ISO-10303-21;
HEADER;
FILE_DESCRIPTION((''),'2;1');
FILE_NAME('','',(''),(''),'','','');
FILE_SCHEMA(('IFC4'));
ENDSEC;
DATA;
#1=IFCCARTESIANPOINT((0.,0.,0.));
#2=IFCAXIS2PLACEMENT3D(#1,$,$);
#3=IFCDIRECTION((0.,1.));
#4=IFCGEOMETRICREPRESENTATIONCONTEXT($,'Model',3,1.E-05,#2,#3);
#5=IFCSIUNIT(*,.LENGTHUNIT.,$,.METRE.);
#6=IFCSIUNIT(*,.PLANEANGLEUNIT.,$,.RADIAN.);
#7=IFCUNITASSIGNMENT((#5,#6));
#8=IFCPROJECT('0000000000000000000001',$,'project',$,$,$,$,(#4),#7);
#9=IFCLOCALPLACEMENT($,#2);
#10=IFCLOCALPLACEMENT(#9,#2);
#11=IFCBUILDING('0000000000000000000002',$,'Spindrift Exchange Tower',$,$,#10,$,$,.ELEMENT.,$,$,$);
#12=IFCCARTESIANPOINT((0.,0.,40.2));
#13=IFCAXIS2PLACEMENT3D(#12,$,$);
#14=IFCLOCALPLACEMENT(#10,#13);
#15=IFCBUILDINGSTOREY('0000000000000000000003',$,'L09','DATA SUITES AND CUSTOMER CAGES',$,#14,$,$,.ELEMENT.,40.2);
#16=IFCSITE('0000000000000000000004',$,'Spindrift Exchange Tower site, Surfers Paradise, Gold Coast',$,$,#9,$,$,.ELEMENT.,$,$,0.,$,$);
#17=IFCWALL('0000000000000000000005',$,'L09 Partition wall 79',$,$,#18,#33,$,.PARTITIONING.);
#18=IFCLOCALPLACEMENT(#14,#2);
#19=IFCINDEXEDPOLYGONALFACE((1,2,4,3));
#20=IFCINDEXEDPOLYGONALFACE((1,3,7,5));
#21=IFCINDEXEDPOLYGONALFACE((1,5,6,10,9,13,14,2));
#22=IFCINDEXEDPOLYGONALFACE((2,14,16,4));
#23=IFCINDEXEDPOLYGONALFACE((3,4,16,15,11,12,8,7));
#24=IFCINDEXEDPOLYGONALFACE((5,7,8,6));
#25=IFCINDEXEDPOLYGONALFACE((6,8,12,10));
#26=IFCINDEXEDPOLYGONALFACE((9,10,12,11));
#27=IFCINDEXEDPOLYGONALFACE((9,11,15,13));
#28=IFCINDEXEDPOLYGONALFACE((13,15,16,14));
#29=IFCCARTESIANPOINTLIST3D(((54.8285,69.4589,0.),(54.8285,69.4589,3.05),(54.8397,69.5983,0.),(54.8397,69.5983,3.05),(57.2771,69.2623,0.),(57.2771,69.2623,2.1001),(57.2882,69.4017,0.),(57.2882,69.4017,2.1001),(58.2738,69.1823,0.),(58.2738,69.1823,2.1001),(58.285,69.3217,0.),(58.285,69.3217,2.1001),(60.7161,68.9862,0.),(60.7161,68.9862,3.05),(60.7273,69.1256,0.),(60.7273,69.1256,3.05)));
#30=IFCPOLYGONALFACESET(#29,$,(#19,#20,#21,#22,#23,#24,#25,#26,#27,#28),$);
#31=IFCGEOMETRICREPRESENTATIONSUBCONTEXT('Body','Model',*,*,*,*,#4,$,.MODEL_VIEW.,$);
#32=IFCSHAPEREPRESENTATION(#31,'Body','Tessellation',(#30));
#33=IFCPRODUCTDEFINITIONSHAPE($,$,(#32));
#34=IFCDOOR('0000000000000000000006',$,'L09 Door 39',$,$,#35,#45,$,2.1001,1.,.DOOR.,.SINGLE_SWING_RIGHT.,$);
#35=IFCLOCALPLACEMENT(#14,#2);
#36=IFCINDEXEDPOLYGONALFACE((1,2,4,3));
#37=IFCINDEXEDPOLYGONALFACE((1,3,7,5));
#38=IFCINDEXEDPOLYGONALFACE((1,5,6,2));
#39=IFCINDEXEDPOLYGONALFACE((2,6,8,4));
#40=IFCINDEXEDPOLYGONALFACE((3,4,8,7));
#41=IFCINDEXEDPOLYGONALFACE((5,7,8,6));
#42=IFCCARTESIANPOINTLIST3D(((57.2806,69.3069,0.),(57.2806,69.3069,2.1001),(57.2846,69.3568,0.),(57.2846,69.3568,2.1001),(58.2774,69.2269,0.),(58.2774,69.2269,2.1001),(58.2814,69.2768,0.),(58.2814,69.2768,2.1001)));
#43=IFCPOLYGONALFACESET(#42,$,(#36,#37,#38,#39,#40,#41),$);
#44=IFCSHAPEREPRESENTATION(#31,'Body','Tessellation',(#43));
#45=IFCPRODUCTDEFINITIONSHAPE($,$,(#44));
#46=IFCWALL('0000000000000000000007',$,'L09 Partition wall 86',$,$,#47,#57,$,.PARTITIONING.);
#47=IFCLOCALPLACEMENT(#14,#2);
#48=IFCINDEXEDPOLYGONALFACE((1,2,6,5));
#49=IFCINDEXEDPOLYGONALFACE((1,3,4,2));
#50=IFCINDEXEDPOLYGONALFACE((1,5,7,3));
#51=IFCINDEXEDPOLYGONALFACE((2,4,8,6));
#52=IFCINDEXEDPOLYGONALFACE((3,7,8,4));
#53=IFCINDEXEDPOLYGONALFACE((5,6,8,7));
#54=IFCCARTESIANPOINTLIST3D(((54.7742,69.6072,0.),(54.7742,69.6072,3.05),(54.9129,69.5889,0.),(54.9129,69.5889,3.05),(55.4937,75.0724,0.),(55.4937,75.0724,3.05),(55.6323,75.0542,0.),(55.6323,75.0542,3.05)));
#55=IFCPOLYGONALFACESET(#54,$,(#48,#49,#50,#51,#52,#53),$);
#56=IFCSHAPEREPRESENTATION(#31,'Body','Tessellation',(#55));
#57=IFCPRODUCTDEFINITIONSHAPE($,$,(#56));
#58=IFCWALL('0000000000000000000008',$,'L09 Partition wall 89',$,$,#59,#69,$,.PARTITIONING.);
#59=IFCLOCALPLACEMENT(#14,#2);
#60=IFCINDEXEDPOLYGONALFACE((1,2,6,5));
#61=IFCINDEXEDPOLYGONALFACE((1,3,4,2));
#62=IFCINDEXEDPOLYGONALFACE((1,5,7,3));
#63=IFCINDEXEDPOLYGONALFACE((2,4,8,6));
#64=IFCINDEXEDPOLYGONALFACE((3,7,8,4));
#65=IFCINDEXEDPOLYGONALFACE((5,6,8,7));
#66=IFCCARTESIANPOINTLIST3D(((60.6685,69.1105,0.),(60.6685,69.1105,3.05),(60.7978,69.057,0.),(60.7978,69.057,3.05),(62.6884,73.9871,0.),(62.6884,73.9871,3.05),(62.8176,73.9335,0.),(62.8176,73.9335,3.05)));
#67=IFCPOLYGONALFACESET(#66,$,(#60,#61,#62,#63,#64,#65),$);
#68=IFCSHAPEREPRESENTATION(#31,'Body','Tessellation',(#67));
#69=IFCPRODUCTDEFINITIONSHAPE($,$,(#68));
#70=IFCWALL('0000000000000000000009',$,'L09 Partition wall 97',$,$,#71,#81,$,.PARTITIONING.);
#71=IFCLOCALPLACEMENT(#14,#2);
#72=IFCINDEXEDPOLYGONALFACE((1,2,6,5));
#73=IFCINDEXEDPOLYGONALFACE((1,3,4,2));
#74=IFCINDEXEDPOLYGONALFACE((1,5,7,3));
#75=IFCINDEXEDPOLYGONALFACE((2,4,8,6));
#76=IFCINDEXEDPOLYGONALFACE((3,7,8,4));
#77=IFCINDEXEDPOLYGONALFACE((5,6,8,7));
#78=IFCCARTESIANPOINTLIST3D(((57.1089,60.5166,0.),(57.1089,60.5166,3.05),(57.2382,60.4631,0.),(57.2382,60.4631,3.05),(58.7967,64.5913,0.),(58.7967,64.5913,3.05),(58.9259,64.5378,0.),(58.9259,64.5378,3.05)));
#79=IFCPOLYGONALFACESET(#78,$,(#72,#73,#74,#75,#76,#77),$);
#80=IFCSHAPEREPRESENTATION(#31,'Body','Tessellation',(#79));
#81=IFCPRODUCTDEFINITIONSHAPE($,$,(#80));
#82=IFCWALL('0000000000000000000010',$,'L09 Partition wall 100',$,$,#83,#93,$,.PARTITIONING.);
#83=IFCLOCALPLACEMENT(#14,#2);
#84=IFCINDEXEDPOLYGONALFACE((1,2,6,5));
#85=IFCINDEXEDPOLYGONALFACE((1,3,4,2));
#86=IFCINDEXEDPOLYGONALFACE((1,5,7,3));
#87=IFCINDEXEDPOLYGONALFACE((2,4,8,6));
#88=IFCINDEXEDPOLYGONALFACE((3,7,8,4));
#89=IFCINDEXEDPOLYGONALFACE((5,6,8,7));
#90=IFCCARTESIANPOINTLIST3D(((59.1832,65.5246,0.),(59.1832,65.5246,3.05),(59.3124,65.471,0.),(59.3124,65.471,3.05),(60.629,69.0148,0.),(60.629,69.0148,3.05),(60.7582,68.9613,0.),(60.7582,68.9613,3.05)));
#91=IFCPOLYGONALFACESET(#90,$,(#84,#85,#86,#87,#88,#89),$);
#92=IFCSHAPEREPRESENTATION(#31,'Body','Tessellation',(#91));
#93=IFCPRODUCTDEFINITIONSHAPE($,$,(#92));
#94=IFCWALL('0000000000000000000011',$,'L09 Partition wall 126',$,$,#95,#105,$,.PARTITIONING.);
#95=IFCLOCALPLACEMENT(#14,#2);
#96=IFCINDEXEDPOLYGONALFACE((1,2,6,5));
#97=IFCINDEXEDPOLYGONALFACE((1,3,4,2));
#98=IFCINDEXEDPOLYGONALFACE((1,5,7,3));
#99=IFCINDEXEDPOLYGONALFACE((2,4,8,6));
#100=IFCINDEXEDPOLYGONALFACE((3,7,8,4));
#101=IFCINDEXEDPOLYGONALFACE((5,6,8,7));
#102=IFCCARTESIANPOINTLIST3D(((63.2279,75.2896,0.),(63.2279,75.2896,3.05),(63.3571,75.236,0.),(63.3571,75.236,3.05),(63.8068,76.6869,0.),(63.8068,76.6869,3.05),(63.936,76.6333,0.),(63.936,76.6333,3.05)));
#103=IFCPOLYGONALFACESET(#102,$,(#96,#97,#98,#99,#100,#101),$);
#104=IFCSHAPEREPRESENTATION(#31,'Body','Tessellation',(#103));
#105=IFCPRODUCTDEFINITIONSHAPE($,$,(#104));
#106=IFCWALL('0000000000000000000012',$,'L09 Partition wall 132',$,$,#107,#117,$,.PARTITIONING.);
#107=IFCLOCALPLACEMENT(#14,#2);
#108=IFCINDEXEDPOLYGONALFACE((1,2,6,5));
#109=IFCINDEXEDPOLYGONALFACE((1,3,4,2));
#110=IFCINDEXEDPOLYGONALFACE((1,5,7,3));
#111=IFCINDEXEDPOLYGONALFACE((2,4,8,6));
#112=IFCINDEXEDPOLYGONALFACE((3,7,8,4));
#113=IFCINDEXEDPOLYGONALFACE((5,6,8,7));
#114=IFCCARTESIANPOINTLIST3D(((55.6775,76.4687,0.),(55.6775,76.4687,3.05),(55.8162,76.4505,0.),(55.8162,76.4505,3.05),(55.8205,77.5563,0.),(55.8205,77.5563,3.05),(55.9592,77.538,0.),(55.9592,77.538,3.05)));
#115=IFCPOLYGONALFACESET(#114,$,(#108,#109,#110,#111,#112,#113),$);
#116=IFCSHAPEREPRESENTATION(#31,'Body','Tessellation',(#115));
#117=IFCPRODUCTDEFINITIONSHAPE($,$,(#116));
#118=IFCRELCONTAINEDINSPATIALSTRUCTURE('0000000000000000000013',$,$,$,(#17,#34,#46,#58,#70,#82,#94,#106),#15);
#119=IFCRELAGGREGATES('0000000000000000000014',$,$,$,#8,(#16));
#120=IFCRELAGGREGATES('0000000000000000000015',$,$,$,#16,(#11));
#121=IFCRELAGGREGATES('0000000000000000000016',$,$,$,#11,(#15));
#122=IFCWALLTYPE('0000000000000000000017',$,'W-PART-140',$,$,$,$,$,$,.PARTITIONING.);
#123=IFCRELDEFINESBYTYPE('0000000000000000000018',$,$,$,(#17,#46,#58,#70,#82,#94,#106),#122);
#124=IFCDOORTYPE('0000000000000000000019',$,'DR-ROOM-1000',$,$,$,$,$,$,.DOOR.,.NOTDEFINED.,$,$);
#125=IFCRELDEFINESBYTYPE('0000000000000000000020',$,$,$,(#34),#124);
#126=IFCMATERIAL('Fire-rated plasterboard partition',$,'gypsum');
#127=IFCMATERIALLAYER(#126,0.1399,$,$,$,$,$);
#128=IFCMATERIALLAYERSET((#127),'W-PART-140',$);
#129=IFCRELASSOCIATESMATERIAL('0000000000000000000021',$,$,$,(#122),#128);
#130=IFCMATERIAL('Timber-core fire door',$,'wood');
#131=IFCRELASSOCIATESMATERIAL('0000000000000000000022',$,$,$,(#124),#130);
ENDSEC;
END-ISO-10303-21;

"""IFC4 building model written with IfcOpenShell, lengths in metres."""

from ifc_helpers import new_model, si_unit, direction, frame, frame_2d, origin, place, context, subcontext, project, spatial, rectangle, extrude, source, transform, mapped, material, layer, layer_set, type_object, element, fill, save


model = new_model("IFC4")

# Units and contexts
model_context = context("Model", 3, precision=1e-05, world=origin(), true_north=direction((0.0, 1.0)))
body_context = subcontext(model_context, "Body", "Model", "MODEL_VIEW")
ifc_project = project(units=[si_unit("LENGTHUNIT", "METRE"), si_unit("PLANEANGLEUNIT", "RADIAN")], contexts=[model_context])

# Site, building, storey
site_placement = place(None, origin())
site = spatial("IfcSite", under=ifc_project, at=site_placement, Name="Spindrift Exchange Tower site, Surfers Paradise, Gold Coast", CompositionType="ELEMENT", RefElevation=0.0)
building_placement = place(site_placement, origin())
building = spatial("IfcBuilding", under=site, at=building_placement, Name="Spindrift Exchange Tower", CompositionType="ELEMENT")
storey_placement = place(building_placement, frame((0.0, 0.0, 40.2)))
storey = spatial("IfcBuildingStorey", under=building, at=storey_placement, Name="L09", Description="DATA SUITES AND CUSTOMER CAGES", CompositionType="ELEMENT", Elevation=40.2)

# Wall, opening, door
ifc_material_1 = material(Name="Fire-rated plasterboard partition", Category="gypsum")
ifc_layer_1 = layer(ifc_material_1, 0.1399)
ifc_layer_set_1 = layer_set([ifc_layer_1], Name="W-PART-140")
wall_type = type_object("IfcWallType", Name="W-PART-140", PredefinedType="PARTITIONING", material=ifc_layer_set_1)
wall_1_placement = place(storey_placement, frame((54.8342, 69.5286, 0.0), z_axis=(0.0, 0.0, 1.0), x_axis=(0.996793, -0.080025, 0.0)))
wall_1 = element("IfcWall", 1, at=wall_1_placement, inside=storey, type_object=wall_type, Name="L09 Partition wall 79", PredefinedType="PARTITIONING", context=body_context, shape_type="SweptSolid", body=[
    extrude(rectangle(XDim=5.9065, YDim=0.1399, at=frame_2d((2.9531, 0.0))), origin(), (0.0, 0.0, 1.0), 3.05),
])
opening_placement = place(wall_1_placement, frame((2.4563, 0.0, 0.0)))
opening = element("IfcOpeningElement", 2, at=opening_placement, cuts=wall_1, PredefinedType="OPENING", context=body_context, shape_type="SweptSolid", body=[
    extrude(rectangle(XDim=1.0, YDim=2.1001, at=frame_2d((0.5, 1.05))), frame((0.0, 0.0798, 0.0), z_axis=(0.0, -1.0, 0.0), x_axis=(1.0, 0.0, 0.0)), (0.0, 0.0, 1.0), 0.1599),
])
ifc_material_2 = material(Name="Timber-core fire door", Category="wood")
door_type = type_object("IfcDoorType", Name="DR-ROOM-1000", OperationType="NOTDEFINED", PredefinedType="DOOR", material=ifc_material_2)
shared_shape_1 = source(origin(), body_context, "Body", "SweptSolid", [
    extrude(rectangle(XDim=1.0, YDim=2.1001, at=frame_2d((0.5, 1.05))), frame((0.0, 0.0249, 0.0), z_axis=(0.0, -1.0, 0.0), x_axis=(1.0, 0.0, 0.0)), (0.0, 0.0, 1.0), 0.05),
])
door_placement = place(opening_placement, origin())
door = element("IfcDoor", 3, at=door_placement, inside=storey, type_object=door_type, Name="L09 Door 39", OperationType="SINGLE_SWING_RIGHT", OverallHeight=2.1001, OverallWidth=1.0, PredefinedType="DOOR", context=body_context, shape_type="MappedRepresentation", body=[
    mapped(shared_shape_1, transform((0.0, 0.0, 0.0), scale=1.0)),
])
fill(opening, door)

# Walls
wall_2_placement = place(storey_placement, frame((54.8435, 69.5979, 0.0), z_axis=(0.0, 0.0, 1.0), x_axis=(0.130519, 0.991446, 0.0)))
element("IfcWall", 4, at=wall_2_placement, inside=storey, type_object=wall_type, Name="L09 Partition wall 86", PredefinedType="PARTITIONING", context=body_context, shape_type="SweptSolid", body=[
    extrude(rectangle(XDim=5.5125, YDim=0.1399, at=frame_2d((2.7563, 0.0))), origin(), (0.0, 0.0, 1.0), 3.05),
])
wall_3_placement = place(storey_placement, frame((60.7332, 69.0837, 0.0), z_axis=(0.0, 0.0, 1.0), x_axis=(0.382664, 0.923888, 0.0)))
element("IfcWall", 5, at=wall_3_placement, inside=storey, type_object=wall_type, Name="L09 Partition wall 89", PredefinedType="PARTITIONING", context=body_context, shape_type="SweptSolid", body=[
    extrude(rectangle(XDim=5.2783, YDim=0.1399, at=frame_2d((2.6392, 0.0))), origin(), (0.0, 0.0, 1.0), 3.05),
])
wall_4_placement = place(storey_placement, frame((57.1736, 60.49, 0.0), z_axis=(0.0, 0.0, 1.0), x_axis=(0.382673, 0.923884, 0.0)))
element("IfcWall", 6, at=wall_4_placement, inside=storey, type_object=wall_type, Name="L09 Partition wall 97", PredefinedType="PARTITIONING", context=body_context, shape_type="SweptSolid", body=[
    extrude(rectangle(XDim=4.4104, YDim=0.1399, at=frame_2d((2.2051, 0.0))), origin(), (0.0, 0.0, 1.0), 3.05),
])
wall_5_placement = place(storey_placement, frame((59.2478, 65.4978, 0.0), z_axis=(0.0, 0.0, 1.0), x_axis=(0.382706, 0.92387, 0.0)))
element("IfcWall", 7, at=wall_5_placement, inside=storey, type_object=wall_type, Name="L09 Partition wall 100", PredefinedType="PARTITIONING", context=body_context, shape_type="SweptSolid", body=[
    extrude(rectangle(XDim=3.7778, YDim=0.1399, at=frame_2d((1.8889, 0.0))), origin(), (0.0, 0.0, 1.0), 3.05),
])
wall_6_placement = place(storey_placement, frame((63.2925, 75.2627, 0.0), z_axis=(0.0, 0.0, 1.0), x_axis=(0.382746, 0.923854, 0.0)))
element("IfcWall", 8, at=wall_6_placement, inside=storey, type_object=wall_type, Name="L09 Partition wall 126", PredefinedType="PARTITIONING", context=body_context, shape_type="SweptSolid", body=[
    extrude(rectangle(XDim=1.5125, YDim=0.1399, at=frame_2d((0.7563, 0.0))), origin(), (0.0, 0.0, 1.0), 3.05),
])
wall_7_placement = place(storey_placement, frame((55.7468, 76.4597, 0.0), z_axis=(0.0, 0.0, 1.0), x_axis=(0.130414, 0.99146, 0.0)))
element("IfcWall", 9, at=wall_7_placement, inside=storey, type_object=wall_type, Name="L09 Partition wall 132", PredefinedType="PARTITIONING", context=body_context, shape_type="SweptSolid", body=[
    extrude(rectangle(XDim=1.0969, YDim=0.1399, at=frame_2d((0.5483, 0.0))), origin(), (0.0, 0.0, 1.0), 3.05),
])

save(model, "model.ifc")
